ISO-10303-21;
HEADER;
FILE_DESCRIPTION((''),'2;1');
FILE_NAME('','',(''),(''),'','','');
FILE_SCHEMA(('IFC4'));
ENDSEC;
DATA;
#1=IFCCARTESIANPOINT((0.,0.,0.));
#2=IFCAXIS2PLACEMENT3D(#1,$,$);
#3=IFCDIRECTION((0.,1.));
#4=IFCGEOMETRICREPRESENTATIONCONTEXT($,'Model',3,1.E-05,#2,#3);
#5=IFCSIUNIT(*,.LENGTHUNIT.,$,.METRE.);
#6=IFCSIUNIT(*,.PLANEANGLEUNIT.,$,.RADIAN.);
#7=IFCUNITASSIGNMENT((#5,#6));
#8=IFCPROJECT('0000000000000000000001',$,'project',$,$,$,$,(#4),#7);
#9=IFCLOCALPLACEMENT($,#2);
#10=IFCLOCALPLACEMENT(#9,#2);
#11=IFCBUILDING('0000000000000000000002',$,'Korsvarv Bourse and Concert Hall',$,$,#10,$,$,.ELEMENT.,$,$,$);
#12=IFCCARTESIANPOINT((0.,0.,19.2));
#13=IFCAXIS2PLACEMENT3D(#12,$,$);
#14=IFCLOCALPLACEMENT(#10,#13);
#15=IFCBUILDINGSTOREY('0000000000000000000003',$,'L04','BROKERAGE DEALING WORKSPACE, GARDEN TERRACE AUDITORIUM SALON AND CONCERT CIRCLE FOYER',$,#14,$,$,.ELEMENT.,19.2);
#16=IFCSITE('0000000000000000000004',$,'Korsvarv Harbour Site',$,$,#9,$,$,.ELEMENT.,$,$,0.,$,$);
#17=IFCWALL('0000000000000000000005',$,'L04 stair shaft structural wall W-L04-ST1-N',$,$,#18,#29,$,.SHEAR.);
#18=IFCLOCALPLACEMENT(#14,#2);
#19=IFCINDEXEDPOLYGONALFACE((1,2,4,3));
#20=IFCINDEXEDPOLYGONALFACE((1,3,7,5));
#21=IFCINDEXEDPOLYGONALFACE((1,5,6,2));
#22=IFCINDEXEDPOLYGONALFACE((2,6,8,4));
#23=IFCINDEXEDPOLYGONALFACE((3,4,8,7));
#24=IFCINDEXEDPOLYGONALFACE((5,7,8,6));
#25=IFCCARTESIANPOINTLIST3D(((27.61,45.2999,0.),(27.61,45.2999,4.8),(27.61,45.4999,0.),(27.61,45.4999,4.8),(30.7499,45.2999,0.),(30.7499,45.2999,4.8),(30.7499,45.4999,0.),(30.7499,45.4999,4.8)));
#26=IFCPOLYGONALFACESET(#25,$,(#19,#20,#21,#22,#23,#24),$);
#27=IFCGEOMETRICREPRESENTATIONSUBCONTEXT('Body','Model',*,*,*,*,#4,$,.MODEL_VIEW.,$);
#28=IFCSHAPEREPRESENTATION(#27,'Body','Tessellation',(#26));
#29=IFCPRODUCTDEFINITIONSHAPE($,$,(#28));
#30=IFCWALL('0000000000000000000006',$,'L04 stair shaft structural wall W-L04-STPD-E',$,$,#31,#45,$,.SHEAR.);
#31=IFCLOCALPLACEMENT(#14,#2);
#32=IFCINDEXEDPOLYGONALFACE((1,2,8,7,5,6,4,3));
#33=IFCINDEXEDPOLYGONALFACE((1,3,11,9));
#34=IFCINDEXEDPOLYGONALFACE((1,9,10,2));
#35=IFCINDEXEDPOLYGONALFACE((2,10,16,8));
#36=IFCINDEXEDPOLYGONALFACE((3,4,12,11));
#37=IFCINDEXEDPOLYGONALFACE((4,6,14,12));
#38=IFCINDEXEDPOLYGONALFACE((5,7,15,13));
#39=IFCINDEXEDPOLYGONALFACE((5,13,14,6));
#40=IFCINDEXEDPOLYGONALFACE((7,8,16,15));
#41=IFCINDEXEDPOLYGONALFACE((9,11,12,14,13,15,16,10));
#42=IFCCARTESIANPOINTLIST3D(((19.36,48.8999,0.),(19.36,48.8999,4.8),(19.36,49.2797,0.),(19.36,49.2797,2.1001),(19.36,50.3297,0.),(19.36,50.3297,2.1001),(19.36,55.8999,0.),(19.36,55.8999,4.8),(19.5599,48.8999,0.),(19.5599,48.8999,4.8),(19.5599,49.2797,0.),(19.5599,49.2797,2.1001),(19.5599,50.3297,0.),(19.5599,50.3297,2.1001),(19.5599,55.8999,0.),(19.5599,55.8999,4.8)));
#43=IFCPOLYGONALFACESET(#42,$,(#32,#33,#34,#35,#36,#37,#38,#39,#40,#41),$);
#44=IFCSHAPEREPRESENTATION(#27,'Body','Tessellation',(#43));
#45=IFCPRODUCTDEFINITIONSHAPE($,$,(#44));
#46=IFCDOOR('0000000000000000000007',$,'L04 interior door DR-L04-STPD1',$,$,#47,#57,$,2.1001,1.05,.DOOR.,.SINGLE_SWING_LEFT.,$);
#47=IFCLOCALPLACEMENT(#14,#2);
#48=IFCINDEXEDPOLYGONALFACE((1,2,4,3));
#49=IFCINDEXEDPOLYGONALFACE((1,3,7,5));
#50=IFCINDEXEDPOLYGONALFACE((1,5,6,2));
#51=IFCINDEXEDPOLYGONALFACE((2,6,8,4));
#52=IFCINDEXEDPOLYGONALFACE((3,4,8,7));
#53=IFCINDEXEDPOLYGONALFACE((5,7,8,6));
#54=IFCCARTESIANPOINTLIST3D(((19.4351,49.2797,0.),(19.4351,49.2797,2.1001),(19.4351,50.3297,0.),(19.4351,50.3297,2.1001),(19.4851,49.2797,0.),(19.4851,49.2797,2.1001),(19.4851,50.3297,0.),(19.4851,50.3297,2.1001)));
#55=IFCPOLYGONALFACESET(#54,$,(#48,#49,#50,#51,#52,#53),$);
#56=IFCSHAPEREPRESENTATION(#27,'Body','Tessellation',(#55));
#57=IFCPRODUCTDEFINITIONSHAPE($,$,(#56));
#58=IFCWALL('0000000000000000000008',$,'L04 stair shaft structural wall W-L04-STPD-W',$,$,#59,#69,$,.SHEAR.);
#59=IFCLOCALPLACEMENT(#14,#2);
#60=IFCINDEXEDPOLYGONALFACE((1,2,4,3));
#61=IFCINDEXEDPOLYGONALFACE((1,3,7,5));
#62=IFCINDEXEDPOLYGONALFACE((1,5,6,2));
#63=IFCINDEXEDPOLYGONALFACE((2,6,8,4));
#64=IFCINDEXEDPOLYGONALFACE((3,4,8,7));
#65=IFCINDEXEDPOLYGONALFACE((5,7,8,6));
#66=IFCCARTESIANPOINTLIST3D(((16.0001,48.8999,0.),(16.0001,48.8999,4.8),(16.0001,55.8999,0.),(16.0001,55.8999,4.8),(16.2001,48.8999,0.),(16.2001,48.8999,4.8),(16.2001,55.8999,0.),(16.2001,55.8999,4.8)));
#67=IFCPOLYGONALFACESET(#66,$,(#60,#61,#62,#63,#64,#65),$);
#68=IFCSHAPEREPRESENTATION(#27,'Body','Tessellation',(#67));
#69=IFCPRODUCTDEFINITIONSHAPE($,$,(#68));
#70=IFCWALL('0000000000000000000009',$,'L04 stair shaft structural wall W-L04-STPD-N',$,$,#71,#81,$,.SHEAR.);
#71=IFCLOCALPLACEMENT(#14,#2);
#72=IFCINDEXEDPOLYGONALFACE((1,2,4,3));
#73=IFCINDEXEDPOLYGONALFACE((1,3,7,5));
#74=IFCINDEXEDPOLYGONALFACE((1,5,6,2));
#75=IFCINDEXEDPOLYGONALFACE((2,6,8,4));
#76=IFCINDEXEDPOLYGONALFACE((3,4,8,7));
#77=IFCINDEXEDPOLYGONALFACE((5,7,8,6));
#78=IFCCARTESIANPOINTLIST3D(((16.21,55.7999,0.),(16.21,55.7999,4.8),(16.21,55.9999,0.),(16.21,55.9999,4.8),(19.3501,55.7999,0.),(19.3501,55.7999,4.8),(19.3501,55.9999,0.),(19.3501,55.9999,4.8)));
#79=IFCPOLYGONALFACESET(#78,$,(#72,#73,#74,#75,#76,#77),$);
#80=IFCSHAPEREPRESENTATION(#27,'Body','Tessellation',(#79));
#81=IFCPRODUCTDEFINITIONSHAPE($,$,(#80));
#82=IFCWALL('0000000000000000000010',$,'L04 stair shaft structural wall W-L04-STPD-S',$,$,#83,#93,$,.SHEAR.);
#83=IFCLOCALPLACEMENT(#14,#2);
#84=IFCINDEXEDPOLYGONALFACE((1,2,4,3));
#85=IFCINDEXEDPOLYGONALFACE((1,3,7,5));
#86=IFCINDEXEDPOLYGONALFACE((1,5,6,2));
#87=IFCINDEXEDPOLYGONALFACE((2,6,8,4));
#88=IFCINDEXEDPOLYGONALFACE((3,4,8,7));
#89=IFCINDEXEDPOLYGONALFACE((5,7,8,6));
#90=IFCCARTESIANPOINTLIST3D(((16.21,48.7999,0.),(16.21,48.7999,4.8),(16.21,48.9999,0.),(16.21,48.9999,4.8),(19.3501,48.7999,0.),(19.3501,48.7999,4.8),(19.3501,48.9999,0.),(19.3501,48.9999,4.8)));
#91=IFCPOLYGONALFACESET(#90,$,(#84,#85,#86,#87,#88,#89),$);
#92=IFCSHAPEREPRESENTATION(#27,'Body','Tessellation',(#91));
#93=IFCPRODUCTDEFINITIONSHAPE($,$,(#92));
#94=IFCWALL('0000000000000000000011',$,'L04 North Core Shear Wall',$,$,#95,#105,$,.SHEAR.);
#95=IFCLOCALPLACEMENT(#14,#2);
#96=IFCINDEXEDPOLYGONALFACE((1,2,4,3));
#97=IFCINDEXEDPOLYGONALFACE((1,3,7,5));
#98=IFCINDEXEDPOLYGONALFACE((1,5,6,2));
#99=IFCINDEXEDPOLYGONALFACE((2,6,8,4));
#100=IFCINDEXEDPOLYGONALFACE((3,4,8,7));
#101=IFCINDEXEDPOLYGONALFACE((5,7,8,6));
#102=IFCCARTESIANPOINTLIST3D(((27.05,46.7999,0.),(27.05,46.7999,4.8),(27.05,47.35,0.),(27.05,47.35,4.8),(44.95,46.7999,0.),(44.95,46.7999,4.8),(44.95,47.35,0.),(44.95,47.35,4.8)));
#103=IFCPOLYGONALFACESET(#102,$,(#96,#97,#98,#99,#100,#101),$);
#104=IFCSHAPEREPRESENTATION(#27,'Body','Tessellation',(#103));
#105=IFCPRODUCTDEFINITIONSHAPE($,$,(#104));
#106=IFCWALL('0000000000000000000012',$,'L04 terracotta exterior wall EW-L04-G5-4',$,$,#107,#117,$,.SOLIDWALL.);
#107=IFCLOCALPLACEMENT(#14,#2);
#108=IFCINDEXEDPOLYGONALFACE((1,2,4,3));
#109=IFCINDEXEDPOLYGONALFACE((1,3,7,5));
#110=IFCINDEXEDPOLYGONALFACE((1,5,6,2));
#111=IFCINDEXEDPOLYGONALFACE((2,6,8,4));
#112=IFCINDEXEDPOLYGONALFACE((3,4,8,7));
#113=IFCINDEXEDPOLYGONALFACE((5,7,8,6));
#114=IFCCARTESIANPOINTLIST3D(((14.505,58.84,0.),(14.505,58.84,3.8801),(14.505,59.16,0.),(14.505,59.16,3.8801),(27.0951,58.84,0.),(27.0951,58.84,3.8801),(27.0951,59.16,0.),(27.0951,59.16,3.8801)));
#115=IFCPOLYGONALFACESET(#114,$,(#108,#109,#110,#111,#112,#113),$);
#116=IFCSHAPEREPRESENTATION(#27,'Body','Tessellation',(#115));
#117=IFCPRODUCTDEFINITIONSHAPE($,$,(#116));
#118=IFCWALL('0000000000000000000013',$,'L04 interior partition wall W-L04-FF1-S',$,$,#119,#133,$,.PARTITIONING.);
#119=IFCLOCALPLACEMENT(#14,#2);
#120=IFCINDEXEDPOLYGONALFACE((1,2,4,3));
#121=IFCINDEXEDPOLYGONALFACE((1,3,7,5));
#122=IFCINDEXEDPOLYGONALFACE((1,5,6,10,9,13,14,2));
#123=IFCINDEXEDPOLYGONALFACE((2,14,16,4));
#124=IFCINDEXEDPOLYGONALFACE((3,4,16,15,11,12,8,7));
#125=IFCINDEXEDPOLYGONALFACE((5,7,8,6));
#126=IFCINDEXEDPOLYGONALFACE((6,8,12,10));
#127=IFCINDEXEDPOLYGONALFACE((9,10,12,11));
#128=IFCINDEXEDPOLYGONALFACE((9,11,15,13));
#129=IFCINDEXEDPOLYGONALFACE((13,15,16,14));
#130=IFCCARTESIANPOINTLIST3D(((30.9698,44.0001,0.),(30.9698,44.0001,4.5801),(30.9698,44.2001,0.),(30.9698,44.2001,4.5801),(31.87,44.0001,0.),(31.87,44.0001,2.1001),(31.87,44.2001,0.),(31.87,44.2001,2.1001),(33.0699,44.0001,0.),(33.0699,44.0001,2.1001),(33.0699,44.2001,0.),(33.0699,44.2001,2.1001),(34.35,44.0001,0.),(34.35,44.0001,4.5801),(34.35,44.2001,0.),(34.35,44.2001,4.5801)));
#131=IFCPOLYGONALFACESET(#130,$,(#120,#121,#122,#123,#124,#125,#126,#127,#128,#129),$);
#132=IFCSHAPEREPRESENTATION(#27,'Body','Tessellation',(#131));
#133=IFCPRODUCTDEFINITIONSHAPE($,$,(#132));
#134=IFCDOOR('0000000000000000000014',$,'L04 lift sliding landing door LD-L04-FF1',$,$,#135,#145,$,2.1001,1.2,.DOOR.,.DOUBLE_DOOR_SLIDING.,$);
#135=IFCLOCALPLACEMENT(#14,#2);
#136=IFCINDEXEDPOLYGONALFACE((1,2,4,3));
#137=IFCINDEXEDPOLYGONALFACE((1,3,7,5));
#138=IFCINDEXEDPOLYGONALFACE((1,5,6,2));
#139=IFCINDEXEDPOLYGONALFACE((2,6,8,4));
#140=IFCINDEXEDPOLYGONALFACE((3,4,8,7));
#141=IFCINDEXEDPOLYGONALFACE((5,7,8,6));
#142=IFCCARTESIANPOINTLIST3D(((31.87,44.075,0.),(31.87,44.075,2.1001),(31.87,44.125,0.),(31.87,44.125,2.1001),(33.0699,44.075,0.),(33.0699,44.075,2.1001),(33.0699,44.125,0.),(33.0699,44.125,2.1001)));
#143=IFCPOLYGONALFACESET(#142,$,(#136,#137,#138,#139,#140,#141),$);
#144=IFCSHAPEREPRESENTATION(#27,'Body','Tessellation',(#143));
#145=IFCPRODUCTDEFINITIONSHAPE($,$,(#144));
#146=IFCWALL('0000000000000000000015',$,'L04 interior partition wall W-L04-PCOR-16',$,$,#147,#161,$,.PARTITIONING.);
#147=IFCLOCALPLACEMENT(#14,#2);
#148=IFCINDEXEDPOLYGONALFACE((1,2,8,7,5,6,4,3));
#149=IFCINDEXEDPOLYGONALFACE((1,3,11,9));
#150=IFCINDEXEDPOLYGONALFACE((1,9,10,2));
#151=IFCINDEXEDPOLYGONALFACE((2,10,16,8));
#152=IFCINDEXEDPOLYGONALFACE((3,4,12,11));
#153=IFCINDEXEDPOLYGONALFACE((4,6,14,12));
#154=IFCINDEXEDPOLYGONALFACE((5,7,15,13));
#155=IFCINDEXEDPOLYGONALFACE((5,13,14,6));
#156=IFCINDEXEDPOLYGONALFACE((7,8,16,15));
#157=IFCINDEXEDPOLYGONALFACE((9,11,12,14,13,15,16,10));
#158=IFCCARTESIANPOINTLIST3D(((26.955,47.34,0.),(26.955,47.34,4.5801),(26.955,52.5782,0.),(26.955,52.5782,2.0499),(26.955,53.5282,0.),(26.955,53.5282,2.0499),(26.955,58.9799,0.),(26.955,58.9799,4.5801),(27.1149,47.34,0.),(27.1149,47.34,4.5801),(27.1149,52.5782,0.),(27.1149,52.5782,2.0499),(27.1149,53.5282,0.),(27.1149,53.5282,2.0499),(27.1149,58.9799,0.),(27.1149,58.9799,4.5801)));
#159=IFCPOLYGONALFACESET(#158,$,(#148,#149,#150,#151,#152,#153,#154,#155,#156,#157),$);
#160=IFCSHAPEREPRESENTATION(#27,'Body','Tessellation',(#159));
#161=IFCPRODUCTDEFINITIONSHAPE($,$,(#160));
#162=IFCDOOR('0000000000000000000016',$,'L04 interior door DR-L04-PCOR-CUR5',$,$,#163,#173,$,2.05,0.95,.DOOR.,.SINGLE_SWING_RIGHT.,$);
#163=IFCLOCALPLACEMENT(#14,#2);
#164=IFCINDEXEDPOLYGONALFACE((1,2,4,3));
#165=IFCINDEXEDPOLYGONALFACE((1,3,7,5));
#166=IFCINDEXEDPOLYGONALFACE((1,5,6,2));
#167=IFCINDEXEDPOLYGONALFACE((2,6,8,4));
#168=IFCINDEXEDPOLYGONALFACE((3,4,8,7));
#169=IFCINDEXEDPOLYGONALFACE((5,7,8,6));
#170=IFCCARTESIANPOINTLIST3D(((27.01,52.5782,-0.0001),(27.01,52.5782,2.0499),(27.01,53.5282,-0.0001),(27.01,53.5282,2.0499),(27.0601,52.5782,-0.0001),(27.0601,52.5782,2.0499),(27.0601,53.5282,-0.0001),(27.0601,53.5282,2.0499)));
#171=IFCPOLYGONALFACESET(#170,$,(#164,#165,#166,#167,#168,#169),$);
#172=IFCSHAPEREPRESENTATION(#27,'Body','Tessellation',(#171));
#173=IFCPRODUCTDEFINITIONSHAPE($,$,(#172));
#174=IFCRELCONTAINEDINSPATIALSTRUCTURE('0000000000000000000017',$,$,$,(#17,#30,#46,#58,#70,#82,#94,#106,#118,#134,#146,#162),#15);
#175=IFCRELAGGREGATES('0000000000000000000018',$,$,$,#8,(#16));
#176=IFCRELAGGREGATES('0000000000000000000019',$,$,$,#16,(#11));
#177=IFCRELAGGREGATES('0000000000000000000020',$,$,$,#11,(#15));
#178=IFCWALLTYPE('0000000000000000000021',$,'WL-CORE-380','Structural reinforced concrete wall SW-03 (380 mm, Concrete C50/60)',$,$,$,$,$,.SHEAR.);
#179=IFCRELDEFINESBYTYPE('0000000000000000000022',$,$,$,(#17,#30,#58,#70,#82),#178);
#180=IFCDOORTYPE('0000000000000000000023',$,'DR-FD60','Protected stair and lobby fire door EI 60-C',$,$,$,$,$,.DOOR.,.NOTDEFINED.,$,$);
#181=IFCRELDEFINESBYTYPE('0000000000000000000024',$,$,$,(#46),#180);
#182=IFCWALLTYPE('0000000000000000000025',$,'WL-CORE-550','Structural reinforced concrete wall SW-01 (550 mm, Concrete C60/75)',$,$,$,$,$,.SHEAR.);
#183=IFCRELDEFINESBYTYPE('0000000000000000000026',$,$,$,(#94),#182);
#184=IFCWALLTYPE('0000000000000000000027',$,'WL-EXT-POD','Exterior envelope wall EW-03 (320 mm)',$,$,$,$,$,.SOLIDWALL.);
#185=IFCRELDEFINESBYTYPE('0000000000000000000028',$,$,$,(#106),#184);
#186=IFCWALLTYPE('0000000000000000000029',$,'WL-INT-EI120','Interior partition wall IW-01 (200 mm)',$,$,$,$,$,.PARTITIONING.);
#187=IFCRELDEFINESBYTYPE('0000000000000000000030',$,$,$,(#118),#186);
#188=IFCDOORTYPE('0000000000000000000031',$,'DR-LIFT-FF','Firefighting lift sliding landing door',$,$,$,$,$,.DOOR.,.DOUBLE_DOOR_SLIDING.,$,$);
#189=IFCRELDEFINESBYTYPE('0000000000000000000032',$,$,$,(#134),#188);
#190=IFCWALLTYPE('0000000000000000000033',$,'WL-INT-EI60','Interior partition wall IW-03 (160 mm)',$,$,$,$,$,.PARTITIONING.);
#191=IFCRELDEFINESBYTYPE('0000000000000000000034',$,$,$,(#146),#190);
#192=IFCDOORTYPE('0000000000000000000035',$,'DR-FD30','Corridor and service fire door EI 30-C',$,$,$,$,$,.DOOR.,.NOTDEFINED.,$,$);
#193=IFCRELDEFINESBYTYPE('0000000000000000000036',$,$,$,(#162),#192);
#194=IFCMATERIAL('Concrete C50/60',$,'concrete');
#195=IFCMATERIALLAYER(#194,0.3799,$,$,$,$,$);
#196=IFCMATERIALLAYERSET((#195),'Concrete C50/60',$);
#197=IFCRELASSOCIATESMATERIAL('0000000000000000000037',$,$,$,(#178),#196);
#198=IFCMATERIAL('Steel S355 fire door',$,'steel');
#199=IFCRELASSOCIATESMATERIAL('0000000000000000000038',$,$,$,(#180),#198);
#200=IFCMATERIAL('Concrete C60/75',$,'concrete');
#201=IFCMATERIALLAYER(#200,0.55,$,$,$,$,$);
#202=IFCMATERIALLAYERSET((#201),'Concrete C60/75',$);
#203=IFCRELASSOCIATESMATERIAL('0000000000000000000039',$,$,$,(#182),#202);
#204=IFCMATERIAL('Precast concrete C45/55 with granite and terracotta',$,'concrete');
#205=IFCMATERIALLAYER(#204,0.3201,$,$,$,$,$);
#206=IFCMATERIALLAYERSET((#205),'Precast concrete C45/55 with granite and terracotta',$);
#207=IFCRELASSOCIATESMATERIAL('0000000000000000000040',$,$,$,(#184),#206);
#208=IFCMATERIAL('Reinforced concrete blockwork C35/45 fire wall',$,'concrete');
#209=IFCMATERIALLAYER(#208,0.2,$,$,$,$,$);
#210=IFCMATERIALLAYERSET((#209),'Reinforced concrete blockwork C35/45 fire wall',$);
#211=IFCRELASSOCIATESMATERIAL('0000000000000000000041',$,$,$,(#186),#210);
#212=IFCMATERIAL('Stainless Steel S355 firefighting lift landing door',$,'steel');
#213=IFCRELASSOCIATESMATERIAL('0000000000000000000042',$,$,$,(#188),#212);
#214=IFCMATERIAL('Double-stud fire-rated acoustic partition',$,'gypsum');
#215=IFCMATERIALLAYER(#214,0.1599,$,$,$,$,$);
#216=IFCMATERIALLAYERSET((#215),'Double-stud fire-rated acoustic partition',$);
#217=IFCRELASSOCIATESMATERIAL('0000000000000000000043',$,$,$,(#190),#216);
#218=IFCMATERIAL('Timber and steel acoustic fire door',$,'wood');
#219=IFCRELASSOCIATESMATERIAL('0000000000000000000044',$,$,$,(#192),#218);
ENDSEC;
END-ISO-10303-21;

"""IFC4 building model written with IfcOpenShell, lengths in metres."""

from ifc_helpers import new_model, si_unit, direction, frame, frame_2d, origin, place, context, subcontext, project, spatial, rectangle, extrude, material, layer, layer_set, type_object, element, fill, save


model = new_model("IFC4")

# Units and contexts
model_context = context("Model", 3, precision=1e-05, world=origin(), true_north=direction((0.0, 1.0)))
body_context = subcontext(model_context, "Body", "Model", "MODEL_VIEW")
ifc_project = project(units=[si_unit("LENGTHUNIT", "METRE"), si_unit("PLANEANGLEUNIT", "RADIAN")], contexts=[model_context])

# Site, building, storey
site_placement = place(None, origin())
site = spatial("IfcSite", under=ifc_project, at=site_placement, Name="Korsvarv Harbour Site", CompositionType="ELEMENT", RefElevation=0.0)
building_placement = place(site_placement, origin())
building = spatial("IfcBuilding", under=site, at=building_placement, Name="Korsvarv Bourse and Concert Hall", CompositionType="ELEMENT")
storey_placement = place(building_placement, frame((0.0, 0.0, 19.2)))
storey = spatial("IfcBuildingStorey", under=building, at=storey_placement, Name="L04", Description="BROKERAGE DEALING WORKSPACE, GARDEN TERRACE AUDITORIUM SALON AND CONCERT CIRCLE FOYER", CompositionType="ELEMENT", Elevation=19.2)

# Shared definitions
ifc_material_1 = material(Name="Concrete C60/75", Category="concrete")

# Wall
ifc_material_2 = material(Name="Concrete C50/60", Category="concrete")
ifc_layer_1 = layer(ifc_material_2, 0.3799)
ifc_layer_set_1 = layer_set([ifc_layer_1], Name="Concrete C50/60")
wall_type_1 = type_object("IfcWallType", Name="WL-CORE-380", Description="Structural reinforced concrete wall SW-03 (380 mm, Concrete C50/60)", PredefinedType="SHEAR", material=ifc_layer_set_1)
wall_1_placement = place(storey_placement, frame((27.6101, 45.3999, 0.0), z_axis=(0.0, 0.0, 1.0), x_axis=(1.0, 0.0, 0.0)))
element("IfcWall", 1, at=wall_1_placement, inside=storey, type_object=wall_type_1, Name="L04 stair shaft structural wall W-L04-ST1-N", PredefinedType="SHEAR", context=body_context, shape_type="SweptSolid", body=[
    extrude(rectangle(XDim=3.1399, YDim=0.2, at=frame_2d((1.5698, 0.0))), origin(), (0.0, 0.0, 1.0), 4.8),
])

# Wall, opening, door
wall_2_placement = place(storey_placement, frame((19.46, 48.8999, 0.0), z_axis=(0.0, 0.0, 1.0), x_axis=(0.0, 1.0, 0.0)))
wall_2 = element("IfcWall", 2, at=wall_2_placement, inside=storey, type_object=wall_type_1, Name="L04 stair shaft structural wall W-L04-STPD-E", PredefinedType="SHEAR", context=body_context, shape_type="SweptSolid", body=[
    extrude(rectangle(XDim=7.0, YDim=0.2, at=frame_2d((3.5, 0.0))), origin(), (0.0, 0.0, 1.0), 4.8),
])
opening_1_placement = place(wall_2_placement, frame((0.3799, 0.0, 0.0)))
opening_1 = element("IfcOpeningElement", 3, at=opening_1_placement, cuts=wall_2, PredefinedType="OPENING", context=body_context, shape_type="SweptSolid", body=[
    extrude(rectangle(XDim=1.05, YDim=2.1001, at=frame_2d((0.5249, 1.05))), frame((0.0, 0.1099, 0.0), z_axis=(0.0, -1.0, 0.0), x_axis=(1.0, 0.0, 0.0)), (0.0, 0.0, 1.0), 0.22),
])
ifc_material_3 = material(Name="Steel S355 fire door", Category="steel")
door_type_1 = type_object("IfcDoorType", Name="DR-FD60", Description="Protected stair and lobby fire door EI 60-C", OperationType="NOTDEFINED", PredefinedType="DOOR", material=ifc_material_3)
door_1_placement = place(opening_1_placement, origin())
door_1 = element("IfcDoor", 4, at=door_1_placement, inside=storey, type_object=door_type_1, Name="L04 interior door DR-L04-STPD1", OperationType="SINGLE_SWING_LEFT", OverallHeight=2.1001, OverallWidth=1.05, PredefinedType="DOOR", context=body_context, shape_type="SweptSolid", body=[
    extrude(rectangle(XDim=1.05, YDim=2.1001, at=frame_2d((0.5249, 1.05))), frame((0.0, 0.0249, 0.0), z_axis=(0.0, -1.0, 0.0), x_axis=(1.0, 0.0, 0.0)), (0.0, 0.0, 1.0), 0.05),
])
fill(opening_1, door_1)

# Walls
wall_3_placement = place(storey_placement, frame((16.1001, 48.8999, 0.0), z_axis=(0.0, 0.0, 1.0), x_axis=(0.0, 1.0, 0.0)))
element("IfcWall", 5, at=wall_3_placement, inside=storey, type_object=wall_type_1, Name="L04 stair shaft structural wall W-L04-STPD-W", PredefinedType="SHEAR", context=body_context, shape_type="SweptSolid", body=[
    extrude(rectangle(XDim=7.0, YDim=0.2, at=frame_2d((3.5, 0.0))), origin(), (0.0, 0.0, 1.0), 4.8),
])
for number, where, z_axis, x_axis, name in (
    (6, (16.21, 55.8999, 0.0), (0.0, 0.0, 1.0), (1.0, 0.0, 0.0), "L04 stair shaft structural wall W-L04-STPD-N"),
    (7, (16.21, 48.8999, 0.0), (0.0, 0.0, 1.0), (1.0, 0.0, 0.0), "L04 stair shaft structural wall W-L04-STPD-S"),
):
    element("IfcWall", number, at=place(storey_placement, frame(where, z_axis=z_axis, x_axis=x_axis)), inside=storey, type_object=wall_type_1, Name=name, PredefinedType="SHEAR", context=body_context, shape_type="SweptSolid", body=[
        extrude(rectangle(XDim=3.1401, YDim=0.2, at=frame_2d((1.5701, 0.0))), origin(), (0.0, 0.0, 1.0), 4.8),
    ])
ifc_layer_2 = layer(ifc_material_1, 0.55)
ifc_layer_set_2 = layer_set([ifc_layer_2], Name="Concrete C60/75")
wall_type_2 = type_object("IfcWallType", Name="WL-CORE-550", Description="Structural reinforced concrete wall SW-01 (550 mm, Concrete C60/75)", PredefinedType="SHEAR", material=ifc_layer_set_2)
wall_4_placement = place(storey_placement, frame((27.05, 47.075, 0.0), z_axis=(0.0, 0.0, 1.0), x_axis=(1.0, 0.0, 0.0)))
element("IfcWall", 8, at=wall_4_placement, inside=storey, type_object=wall_type_2, Name="L04 North Core Shear Wall", PredefinedType="SHEAR", context=body_context, shape_type="SweptSolid", body=[
    extrude(rectangle(XDim=17.8999, YDim=0.55, at=frame_2d((8.95, 0.0))), origin(), (0.0, 0.0, 1.0), 4.8),
])
ifc_material_4 = material(Name="Precast concrete C45/55 with granite and terracotta", Category="concrete")
ifc_layer_3 = layer(ifc_material_4, 0.3201)
ifc_layer_set_3 = layer_set([ifc_layer_3], Name="Precast concrete C45/55 with granite and terracotta")
wall_type_3 = type_object("IfcWallType", Name="WL-EXT-POD", Description="Exterior envelope wall EW-03 (320 mm)", PredefinedType="SOLIDWALL", material=ifc_layer_set_3)
wall_5_placement = place(storey_placement, frame((27.095, 59.0, 0.0), z_axis=(0.0, 0.0, 1.0), x_axis=(-1.0, 0.0, 0.0)))
element("IfcWall", 9, at=wall_5_placement, inside=storey, type_object=wall_type_3, Name="L04 terracotta exterior wall EW-L04-G5-4", PredefinedType="SOLIDWALL", context=body_context, shape_type="SweptSolid", body=[
    extrude(rectangle(XDim=12.5901, YDim=0.3201, at=frame_2d((6.2949, 0.0))), origin(), (0.0, 0.0, 1.0), 3.8801),
])

# Walls, openings, doors
ifc_material_5 = material(Name="Reinforced concrete blockwork C35/45 fire wall", Category="concrete")
ifc_layer_4 = layer(ifc_material_5, 0.2)
ifc_layer_set_4 = layer_set([ifc_layer_4], Name="Reinforced concrete blockwork C35/45 fire wall")
wall_type_4 = type_object("IfcWallType", Name="WL-INT-EI120", Description="Interior partition wall IW-01 (200 mm)", PredefinedType="PARTITIONING", material=ifc_layer_set_4)
wall_6_placement = place(storey_placement, frame((30.97, 44.1001, 0.0), z_axis=(0.0, 0.0, 1.0), x_axis=(1.0, 0.0, 0.0)))
wall_6 = element("IfcWall", 10, at=wall_6_placement, inside=storey, type_object=wall_type_4, Name="L04 interior partition wall W-L04-FF1-S", PredefinedType="PARTITIONING", context=body_context, shape_type="SweptSolid", body=[
    extrude(rectangle(XDim=3.3801, YDim=0.2, at=frame_2d((1.6899, 0.0))), origin(), (0.0, 0.0, 1.0), 4.5801),
])
opening_2_placement = place(wall_6_placement, frame((0.8999, 0.0, 0.0)))
opening_2 = element("IfcOpeningElement", 11, at=opening_2_placement, cuts=wall_6, PredefinedType="OPENING", context=body_context, shape_type="SweptSolid", body=[
    extrude(rectangle(XDim=1.2, YDim=2.1001, at=frame_2d((0.6001, 1.05))), frame((0.0, 0.1099, 0.0), z_axis=(0.0, -1.0, 0.0), x_axis=(1.0, 0.0, 0.0)), (0.0, 0.0, 1.0), 0.22),
])
ifc_material_6 = material(Name="Stainless Steel S355 firefighting lift landing door", Category="steel")
door_type_2 = type_object("IfcDoorType", Name="DR-LIFT-FF", Description="Firefighting lift sliding landing door", OperationType="DOUBLE_DOOR_SLIDING", PredefinedType="DOOR", material=ifc_material_6)
door_2_placement = place(opening_2_placement, origin())
door_2 = element("IfcDoor", 12, at=door_2_placement, inside=storey, type_object=door_type_2, Name="L04 lift sliding landing door LD-L04-FF1", OperationType="DOUBLE_DOOR_SLIDING", OverallHeight=2.1001, OverallWidth=1.2, PredefinedType="DOOR", context=body_context, shape_type="SweptSolid", body=[
    extrude(rectangle(XDim=1.2, YDim=2.1001, at=frame_2d((0.6001, 1.05))), frame((0.0, 0.0249, 0.0), z_axis=(0.0, -1.0, 0.0), x_axis=(1.0, 0.0, 0.0)), (0.0, 0.0, 1.0), 0.05),
])
fill(opening_2, door_2)
ifc_material_7 = material(Name="Double-stud fire-rated acoustic partition", Category="gypsum")
ifc_layer_5 = layer(ifc_material_7, 0.1599)
ifc_layer_set_5 = layer_set([ifc_layer_5], Name="Double-stud fire-rated acoustic partition")
wall_type_5 = type_object("IfcWallType", Name="WL-INT-EI60", Description="Interior partition wall IW-03 (160 mm)", PredefinedType="PARTITIONING", material=ifc_layer_set_5)
wall_7_placement = place(storey_placement, frame((27.0349, 47.3401, 0.0), z_axis=(0.0, 0.0, 1.0), x_axis=(0.0, 1.0, 0.0)))
wall_7 = element("IfcWall", 13, at=wall_7_placement, inside=storey, type_object=wall_type_5, Name="L04 interior partition wall W-L04-PCOR-16", PredefinedType="PARTITIONING", context=body_context, shape_type="SweptSolid", body=[
    extrude(rectangle(XDim=11.6399, YDim=0.1599, at=frame_2d((5.8198, 0.0))), origin(), (0.0, 0.0, 1.0), 4.5801),
])
opening_3_placement = place(wall_7_placement, frame((5.238, 0.0, 0.0)))
opening_3 = element("IfcOpeningElement", 14, at=opening_3_placement, cuts=wall_7, PredefinedType="OPENING", context=body_context, shape_type="SweptSolid", body=[
    extrude(rectangle(XDim=0.95, YDim=2.05, at=frame_2d((0.4751, 1.0249))), frame((0.0, 0.0898, 0.0), z_axis=(0.0, -1.0, 0.0), x_axis=(1.0, 0.0, 0.0)), (0.0, 0.0, 1.0), 0.1799),
])
ifc_material_8 = material(Name="Timber and steel acoustic fire door", Category="wood")
door_type_3 = type_object("IfcDoorType", Name="DR-FD30", Description="Corridor and service fire door EI 30-C", OperationType="NOTDEFINED", PredefinedType="DOOR", material=ifc_material_8)
door_3_placement = place(opening_3_placement, origin())
door_3 = element("IfcDoor", 15, at=door_3_placement, inside=storey, type_object=door_type_3, Name="L04 interior door DR-L04-PCOR-CUR5", OperationType="SINGLE_SWING_RIGHT", OverallHeight=2.05, OverallWidth=0.95, PredefinedType="DOOR", context=body_context, shape_type="SweptSolid", body=[
    extrude(rectangle(XDim=0.95, YDim=2.05, at=frame_2d((0.4751, 1.0249))), frame((0.0, 0.0249, 0.0), z_axis=(0.0, -1.0, 0.0), x_axis=(1.0, 0.0, 0.0)), (0.0, 0.0, 1.0), 0.05),
])
fill(opening_3, door_3)

save(model, "model.ifc")
